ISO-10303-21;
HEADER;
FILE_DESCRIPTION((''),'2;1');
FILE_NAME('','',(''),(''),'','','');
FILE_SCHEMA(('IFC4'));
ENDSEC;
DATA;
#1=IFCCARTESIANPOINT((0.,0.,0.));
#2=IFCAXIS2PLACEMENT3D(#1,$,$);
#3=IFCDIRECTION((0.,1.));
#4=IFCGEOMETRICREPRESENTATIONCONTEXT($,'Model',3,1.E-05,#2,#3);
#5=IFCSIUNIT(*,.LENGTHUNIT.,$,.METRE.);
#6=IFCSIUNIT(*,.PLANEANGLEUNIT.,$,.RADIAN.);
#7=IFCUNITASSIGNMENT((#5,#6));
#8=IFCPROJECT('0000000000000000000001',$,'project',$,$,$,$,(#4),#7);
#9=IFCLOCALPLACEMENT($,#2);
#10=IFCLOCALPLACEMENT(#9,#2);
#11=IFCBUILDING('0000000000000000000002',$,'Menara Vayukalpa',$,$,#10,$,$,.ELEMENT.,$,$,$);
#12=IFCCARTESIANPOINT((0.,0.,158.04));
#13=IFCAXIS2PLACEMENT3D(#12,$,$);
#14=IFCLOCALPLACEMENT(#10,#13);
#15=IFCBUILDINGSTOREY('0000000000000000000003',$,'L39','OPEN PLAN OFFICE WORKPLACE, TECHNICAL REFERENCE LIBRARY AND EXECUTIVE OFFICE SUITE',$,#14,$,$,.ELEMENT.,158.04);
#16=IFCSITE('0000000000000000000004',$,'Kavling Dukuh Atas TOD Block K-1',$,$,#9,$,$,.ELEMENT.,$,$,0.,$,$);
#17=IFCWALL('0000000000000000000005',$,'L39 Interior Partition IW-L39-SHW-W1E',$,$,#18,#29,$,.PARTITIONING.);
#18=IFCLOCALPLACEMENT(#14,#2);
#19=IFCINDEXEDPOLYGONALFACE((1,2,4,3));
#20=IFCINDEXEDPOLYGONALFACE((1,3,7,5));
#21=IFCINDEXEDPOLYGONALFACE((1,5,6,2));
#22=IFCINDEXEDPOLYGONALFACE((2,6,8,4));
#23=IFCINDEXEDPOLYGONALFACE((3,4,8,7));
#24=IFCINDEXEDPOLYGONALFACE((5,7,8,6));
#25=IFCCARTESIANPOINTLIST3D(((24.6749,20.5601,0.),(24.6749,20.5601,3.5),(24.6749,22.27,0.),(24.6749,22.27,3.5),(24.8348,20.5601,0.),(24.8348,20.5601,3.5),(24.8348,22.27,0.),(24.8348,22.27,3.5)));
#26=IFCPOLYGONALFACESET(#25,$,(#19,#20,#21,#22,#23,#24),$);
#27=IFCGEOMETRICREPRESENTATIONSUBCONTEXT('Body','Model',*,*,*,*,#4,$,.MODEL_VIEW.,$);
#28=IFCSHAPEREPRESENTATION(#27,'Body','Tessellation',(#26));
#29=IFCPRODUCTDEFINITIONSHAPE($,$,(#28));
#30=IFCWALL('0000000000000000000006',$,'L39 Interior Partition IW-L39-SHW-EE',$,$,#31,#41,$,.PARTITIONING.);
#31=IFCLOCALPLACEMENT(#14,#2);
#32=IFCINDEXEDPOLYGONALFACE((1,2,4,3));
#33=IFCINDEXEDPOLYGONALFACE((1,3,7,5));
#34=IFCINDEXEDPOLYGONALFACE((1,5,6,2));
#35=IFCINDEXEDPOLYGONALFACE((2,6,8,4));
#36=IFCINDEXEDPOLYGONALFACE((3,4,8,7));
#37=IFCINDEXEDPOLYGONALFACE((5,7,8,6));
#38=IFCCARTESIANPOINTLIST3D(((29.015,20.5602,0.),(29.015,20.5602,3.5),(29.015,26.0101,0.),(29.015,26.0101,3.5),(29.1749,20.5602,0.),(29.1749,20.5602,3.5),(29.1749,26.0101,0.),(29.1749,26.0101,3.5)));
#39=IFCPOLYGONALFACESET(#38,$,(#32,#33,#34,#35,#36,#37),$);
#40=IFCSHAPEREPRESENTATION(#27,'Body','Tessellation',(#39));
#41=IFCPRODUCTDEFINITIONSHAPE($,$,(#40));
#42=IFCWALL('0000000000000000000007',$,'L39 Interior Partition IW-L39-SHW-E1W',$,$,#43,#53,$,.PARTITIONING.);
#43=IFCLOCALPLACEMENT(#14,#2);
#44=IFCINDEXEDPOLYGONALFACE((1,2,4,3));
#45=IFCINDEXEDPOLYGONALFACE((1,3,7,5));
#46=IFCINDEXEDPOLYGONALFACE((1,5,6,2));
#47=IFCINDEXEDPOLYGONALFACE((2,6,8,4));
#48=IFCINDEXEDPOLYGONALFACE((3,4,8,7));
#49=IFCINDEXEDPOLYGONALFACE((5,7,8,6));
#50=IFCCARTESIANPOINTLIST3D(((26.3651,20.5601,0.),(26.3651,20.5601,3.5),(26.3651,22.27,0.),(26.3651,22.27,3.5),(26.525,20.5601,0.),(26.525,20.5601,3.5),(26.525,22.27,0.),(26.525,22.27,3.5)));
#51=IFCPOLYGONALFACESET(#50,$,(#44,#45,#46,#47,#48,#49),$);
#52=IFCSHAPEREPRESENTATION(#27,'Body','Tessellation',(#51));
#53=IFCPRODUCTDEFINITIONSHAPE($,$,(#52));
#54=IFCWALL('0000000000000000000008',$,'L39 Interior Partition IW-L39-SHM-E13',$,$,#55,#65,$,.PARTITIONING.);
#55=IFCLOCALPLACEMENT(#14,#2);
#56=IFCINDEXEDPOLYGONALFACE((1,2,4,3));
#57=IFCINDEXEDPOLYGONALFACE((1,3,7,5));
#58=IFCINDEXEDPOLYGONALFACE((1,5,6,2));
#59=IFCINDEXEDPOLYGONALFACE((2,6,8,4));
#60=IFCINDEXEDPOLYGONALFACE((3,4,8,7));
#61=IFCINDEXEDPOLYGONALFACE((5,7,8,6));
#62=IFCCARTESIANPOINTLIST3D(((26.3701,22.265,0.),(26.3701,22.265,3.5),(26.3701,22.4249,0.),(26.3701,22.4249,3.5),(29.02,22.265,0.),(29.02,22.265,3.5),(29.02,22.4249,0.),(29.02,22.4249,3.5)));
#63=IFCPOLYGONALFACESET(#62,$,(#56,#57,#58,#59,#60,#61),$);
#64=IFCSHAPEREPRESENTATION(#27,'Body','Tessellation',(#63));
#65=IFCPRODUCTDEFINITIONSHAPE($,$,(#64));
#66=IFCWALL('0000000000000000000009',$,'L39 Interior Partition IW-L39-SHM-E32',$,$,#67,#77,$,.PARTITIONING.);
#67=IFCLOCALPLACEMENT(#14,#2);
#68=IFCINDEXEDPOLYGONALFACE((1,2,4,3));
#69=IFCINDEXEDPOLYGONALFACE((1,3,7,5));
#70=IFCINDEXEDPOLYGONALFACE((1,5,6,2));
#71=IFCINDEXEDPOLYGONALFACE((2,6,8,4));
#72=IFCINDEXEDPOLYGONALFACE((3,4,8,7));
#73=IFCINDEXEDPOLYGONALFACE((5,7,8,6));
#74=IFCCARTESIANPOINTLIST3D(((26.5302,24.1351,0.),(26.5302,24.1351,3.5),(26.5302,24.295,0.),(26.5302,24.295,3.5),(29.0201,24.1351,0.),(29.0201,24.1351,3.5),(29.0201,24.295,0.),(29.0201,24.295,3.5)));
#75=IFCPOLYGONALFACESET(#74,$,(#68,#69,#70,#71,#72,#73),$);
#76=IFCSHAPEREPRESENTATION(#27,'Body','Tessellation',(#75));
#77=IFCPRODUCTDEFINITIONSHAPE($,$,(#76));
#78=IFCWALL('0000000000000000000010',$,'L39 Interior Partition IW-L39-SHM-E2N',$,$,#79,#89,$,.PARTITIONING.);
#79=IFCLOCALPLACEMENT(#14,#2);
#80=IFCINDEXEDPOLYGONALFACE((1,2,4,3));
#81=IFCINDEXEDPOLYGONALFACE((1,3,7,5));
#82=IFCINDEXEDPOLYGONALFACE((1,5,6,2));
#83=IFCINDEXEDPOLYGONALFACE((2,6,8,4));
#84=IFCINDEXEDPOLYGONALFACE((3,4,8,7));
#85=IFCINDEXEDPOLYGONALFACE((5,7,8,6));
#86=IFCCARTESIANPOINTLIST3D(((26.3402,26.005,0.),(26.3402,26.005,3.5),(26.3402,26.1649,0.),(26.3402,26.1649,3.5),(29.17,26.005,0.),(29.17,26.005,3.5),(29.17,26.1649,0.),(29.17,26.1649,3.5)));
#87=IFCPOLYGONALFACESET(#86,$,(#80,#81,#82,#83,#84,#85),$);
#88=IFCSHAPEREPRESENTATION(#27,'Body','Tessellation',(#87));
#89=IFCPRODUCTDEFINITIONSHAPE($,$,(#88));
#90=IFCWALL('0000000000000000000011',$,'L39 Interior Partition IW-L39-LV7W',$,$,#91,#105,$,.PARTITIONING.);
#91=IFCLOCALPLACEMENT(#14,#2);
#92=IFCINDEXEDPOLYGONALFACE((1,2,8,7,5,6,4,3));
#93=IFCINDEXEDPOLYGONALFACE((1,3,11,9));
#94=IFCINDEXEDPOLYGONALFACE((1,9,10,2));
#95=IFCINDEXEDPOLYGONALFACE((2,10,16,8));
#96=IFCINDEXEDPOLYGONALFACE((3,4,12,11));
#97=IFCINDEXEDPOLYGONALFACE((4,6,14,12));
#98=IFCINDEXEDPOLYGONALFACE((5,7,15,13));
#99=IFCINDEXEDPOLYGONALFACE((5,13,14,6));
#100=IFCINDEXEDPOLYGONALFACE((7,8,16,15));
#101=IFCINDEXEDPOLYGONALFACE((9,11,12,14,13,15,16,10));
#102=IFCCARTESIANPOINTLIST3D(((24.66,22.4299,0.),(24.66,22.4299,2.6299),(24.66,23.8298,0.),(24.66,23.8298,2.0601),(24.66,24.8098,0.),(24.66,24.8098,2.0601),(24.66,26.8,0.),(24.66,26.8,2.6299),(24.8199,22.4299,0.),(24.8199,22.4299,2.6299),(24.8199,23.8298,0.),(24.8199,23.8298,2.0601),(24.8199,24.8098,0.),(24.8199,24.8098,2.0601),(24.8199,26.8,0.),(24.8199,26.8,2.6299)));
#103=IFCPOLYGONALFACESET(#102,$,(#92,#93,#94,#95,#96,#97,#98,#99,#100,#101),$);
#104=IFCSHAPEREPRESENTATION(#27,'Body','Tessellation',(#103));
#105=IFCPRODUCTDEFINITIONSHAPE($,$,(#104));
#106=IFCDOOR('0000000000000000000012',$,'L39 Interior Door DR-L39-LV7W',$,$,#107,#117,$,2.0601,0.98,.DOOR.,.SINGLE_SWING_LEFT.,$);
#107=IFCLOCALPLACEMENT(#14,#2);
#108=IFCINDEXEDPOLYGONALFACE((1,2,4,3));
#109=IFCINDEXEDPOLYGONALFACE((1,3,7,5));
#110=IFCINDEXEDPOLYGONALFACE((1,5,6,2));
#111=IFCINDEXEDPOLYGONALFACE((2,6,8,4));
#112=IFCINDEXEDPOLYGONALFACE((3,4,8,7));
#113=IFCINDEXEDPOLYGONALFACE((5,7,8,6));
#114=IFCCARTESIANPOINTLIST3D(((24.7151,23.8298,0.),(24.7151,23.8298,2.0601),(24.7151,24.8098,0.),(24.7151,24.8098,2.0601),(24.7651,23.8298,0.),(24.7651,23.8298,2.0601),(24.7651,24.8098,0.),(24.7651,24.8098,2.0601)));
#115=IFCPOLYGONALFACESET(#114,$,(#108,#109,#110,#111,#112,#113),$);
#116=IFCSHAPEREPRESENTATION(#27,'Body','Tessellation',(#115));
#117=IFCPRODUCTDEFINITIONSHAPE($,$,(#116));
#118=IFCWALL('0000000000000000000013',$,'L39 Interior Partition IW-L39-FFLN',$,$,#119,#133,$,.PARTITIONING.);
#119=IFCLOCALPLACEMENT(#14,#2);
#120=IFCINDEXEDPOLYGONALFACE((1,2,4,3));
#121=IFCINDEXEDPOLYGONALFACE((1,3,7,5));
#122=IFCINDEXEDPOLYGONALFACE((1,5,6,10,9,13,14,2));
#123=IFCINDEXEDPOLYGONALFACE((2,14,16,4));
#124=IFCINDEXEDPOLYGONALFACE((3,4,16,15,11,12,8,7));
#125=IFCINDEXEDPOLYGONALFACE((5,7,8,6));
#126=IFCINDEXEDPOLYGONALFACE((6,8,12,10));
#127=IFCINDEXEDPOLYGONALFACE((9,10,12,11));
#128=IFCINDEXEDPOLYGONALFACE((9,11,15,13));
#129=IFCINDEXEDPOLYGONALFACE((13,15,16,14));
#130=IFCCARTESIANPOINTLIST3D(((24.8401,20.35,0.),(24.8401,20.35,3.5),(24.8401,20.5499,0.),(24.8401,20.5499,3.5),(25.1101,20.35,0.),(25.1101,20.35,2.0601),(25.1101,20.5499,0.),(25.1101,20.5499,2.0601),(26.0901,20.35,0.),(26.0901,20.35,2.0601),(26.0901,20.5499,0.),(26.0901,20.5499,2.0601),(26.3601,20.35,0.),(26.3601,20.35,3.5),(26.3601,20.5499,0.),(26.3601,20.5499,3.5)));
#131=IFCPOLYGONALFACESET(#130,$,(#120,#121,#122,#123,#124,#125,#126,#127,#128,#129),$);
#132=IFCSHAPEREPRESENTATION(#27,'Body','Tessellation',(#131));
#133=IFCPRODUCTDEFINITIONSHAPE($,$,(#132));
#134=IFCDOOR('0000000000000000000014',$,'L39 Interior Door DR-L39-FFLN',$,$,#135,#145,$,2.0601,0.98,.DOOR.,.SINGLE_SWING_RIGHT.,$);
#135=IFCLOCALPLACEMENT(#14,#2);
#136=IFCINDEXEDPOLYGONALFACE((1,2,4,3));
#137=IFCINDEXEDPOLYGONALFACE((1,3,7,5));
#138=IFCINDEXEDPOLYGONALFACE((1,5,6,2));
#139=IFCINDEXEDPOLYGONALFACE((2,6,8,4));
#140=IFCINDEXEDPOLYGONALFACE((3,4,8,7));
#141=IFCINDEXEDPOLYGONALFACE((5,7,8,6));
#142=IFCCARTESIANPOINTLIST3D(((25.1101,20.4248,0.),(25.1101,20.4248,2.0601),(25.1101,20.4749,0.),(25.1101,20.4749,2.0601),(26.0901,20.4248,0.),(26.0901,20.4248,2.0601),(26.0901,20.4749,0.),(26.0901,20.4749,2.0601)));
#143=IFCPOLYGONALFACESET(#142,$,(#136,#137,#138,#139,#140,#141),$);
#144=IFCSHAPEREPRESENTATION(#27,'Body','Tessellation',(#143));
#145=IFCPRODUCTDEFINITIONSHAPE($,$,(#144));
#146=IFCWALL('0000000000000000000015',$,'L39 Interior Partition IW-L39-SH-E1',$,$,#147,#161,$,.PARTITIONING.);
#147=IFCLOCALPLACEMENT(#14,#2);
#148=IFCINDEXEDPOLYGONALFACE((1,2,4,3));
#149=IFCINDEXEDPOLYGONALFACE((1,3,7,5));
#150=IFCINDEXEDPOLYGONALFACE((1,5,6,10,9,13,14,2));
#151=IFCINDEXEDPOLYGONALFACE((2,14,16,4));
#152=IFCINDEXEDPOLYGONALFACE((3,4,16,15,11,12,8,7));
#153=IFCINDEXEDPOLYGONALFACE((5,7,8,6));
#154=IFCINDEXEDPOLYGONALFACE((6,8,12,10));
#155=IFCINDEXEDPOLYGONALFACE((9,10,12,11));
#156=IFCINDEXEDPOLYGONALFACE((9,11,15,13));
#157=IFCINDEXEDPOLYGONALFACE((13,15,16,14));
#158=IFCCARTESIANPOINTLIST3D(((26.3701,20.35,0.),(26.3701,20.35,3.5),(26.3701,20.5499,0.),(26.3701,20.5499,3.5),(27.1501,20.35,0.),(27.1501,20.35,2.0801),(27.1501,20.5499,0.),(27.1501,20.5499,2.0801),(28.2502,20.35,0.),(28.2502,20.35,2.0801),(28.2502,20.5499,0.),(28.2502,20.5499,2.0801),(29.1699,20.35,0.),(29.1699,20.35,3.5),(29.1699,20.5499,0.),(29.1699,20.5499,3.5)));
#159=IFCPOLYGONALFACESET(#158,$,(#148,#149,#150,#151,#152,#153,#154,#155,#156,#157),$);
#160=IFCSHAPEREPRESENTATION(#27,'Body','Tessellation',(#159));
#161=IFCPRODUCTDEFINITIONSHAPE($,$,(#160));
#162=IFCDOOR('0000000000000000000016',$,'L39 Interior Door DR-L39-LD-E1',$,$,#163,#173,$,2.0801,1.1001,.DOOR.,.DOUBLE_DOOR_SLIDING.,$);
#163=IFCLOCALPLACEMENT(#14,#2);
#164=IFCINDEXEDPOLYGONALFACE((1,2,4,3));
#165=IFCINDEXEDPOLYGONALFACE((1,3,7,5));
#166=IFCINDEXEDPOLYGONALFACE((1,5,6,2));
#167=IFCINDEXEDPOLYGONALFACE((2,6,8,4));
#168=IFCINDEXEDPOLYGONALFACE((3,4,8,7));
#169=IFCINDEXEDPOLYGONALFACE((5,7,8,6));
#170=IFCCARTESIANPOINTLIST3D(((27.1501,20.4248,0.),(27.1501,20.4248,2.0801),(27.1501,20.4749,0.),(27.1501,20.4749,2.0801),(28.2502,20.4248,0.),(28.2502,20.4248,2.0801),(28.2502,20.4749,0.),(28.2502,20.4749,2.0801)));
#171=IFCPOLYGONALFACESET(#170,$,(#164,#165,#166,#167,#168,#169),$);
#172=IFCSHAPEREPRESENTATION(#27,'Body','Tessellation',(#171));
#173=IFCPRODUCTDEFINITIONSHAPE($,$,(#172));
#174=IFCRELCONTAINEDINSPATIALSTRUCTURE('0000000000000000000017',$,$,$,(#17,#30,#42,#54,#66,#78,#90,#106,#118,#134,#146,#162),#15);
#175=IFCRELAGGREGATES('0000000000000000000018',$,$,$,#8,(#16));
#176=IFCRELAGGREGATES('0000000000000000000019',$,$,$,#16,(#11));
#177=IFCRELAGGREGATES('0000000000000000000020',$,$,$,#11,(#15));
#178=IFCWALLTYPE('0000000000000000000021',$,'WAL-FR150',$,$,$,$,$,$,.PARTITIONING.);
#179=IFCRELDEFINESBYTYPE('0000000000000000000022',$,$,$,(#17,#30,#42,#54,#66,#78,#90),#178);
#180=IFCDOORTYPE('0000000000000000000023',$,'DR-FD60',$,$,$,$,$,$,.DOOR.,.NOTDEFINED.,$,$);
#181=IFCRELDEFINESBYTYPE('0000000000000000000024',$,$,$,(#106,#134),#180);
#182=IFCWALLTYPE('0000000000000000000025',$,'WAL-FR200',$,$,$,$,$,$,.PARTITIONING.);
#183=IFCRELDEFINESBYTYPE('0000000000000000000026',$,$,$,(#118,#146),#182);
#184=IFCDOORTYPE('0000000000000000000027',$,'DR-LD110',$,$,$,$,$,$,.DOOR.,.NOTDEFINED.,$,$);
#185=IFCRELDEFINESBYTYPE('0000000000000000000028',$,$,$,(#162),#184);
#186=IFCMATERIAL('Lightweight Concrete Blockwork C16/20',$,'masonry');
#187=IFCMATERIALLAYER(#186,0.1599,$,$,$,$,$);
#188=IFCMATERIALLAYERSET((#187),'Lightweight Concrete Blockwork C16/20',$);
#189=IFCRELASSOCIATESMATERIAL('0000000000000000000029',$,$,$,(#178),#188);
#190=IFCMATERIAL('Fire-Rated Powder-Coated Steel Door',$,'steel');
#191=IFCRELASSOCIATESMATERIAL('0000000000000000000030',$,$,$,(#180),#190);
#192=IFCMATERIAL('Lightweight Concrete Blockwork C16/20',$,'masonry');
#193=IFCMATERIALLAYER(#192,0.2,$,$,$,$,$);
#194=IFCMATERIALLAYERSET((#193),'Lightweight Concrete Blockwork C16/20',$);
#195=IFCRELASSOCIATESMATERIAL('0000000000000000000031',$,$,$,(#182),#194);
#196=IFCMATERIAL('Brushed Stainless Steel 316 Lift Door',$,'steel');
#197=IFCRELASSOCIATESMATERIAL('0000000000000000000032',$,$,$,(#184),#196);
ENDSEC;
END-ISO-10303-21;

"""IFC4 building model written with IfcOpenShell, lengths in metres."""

from ifc_helpers import new_model, si_unit, direction, frame, frame_2d, origin, place, context, subcontext, project, spatial, rectangle, extrude, material, layer, layer_set, type_object, element, fill, save


model = new_model("IFC4")

# Units and contexts
model_context = context("Model", 3, precision=1e-05, world=origin(), true_north=direction((0.0, 1.0)))
body_context = subcontext(model_context, "Body", "Model", "MODEL_VIEW")
ifc_project = project(units=[si_unit("LENGTHUNIT", "METRE"), si_unit("PLANEANGLEUNIT", "RADIAN")], contexts=[model_context])

# Site, building, storey
site_placement = place(None, origin())
site = spatial("IfcSite", under=ifc_project, at=site_placement, Name="Kavling Dukuh Atas TOD Block K-1", CompositionType="ELEMENT", RefElevation=0.0)
building_placement = place(site_placement, origin())
building = spatial("IfcBuilding", under=site, at=building_placement, Name="Menara Vayukalpa", CompositionType="ELEMENT")
storey_placement = place(building_placement, frame((0.0, 0.0, 158.04)))
storey = spatial("IfcBuildingStorey", under=building, at=storey_placement, Name="L39", Description="OPEN PLAN OFFICE WORKPLACE, TECHNICAL REFERENCE LIBRARY AND EXECUTIVE OFFICE SUITE", CompositionType="ELEMENT", Elevation=158.04)

# Walls
ifc_material_1 = material(Name="Lightweight Concrete Blockwork C16/20", Category="masonry")
ifc_layer_1 = layer(ifc_material_1, 0.1599)
ifc_layer_set_1 = layer_set([ifc_layer_1], Name="Lightweight Concrete Blockwork C16/20")
wall_type_1 = type_object("IfcWallType", Name="WAL-FR150", PredefinedType="PARTITIONING", material=ifc_layer_set_1)
wall_1_placement = place(storey_placement, frame((24.7549, 20.5601, 0.0), z_axis=(0.0, 0.0, 1.0), x_axis=(0.0, 1.0, 0.0)))
element("IfcWall", 1, at=wall_1_placement, inside=storey, type_object=wall_type_1, Name="L39 Interior Partition IW-L39-SHW-W1E", PredefinedType="PARTITIONING", context=body_context, shape_type="SweptSolid", body=[
    extrude(rectangle(XDim=1.71, YDim=0.1599, at=frame_2d((0.855, 0.0))), origin(), (0.0, 0.0, 1.0), 3.5),
])
wall_2_placement = place(storey_placement, frame((29.095, 20.5601, 0.0), z_axis=(0.0, 0.0, 1.0), x_axis=(0.0, 1.0, 0.0)))
element("IfcWall", 2, at=wall_2_placement, inside=storey, type_object=wall_type_1, Name="L39 Interior Partition IW-L39-SHW-EE", PredefinedType="PARTITIONING", context=body_context, shape_type="SweptSolid", body=[
    extrude(rectangle(XDim=5.45, YDim=0.1599, at=frame_2d((2.7251, 0.0))), origin(), (0.0, 0.0, 1.0), 3.5),
])
wall_3_placement = place(storey_placement, frame((26.4451, 20.5601, 0.0), z_axis=(0.0, 0.0, 1.0), x_axis=(0.0, 1.0, 0.0)))
element("IfcWall", 3, at=wall_3_placement, inside=storey, type_object=wall_type_1, Name="L39 Interior Partition IW-L39-SHW-E1W", PredefinedType="PARTITIONING", context=body_context, shape_type="SweptSolid", body=[
    extrude(rectangle(XDim=1.71, YDim=0.1599, at=frame_2d((0.855, 0.0))), origin(), (0.0, 0.0, 1.0), 3.5),
])
wall_4_placement = place(storey_placement, frame((26.3701, 22.345, 0.0), z_axis=(0.0, 0.0, 1.0), x_axis=(1.0, 0.0, 0.0)))
element("IfcWall", 4, at=wall_4_placement, inside=storey, type_object=wall_type_1, Name="L39 Interior Partition IW-L39-SHM-E13", PredefinedType="PARTITIONING", context=body_context, shape_type="SweptSolid", body=[
    extrude(rectangle(XDim=2.6499, YDim=0.1599, at=frame_2d((1.325, 0.0))), origin(), (0.0, 0.0, 1.0), 3.5),
])
wall_5_placement = place(storey_placement, frame((26.53, 24.2151, 0.0), z_axis=(0.0, 0.0, 1.0), x_axis=(1.0, 0.0, 0.0)))
element("IfcWall", 5, at=wall_5_placement, inside=storey, type_object=wall_type_1, Name="L39 Interior Partition IW-L39-SHM-E32", PredefinedType="PARTITIONING", context=body_context, shape_type="SweptSolid", body=[
    extrude(rectangle(XDim=2.49, YDim=0.1599, at=frame_2d((1.2451, 0.0))), origin(), (0.0, 0.0, 1.0), 3.5),
])
wall_6_placement = place(storey_placement, frame((26.3401, 26.085, 0.0), z_axis=(0.0, 0.0, 1.0), x_axis=(1.0, 0.0, 0.0)))
element("IfcWall", 6, at=wall_6_placement, inside=storey, type_object=wall_type_1, Name="L39 Interior Partition IW-L39-SHM-E2N", PredefinedType="PARTITIONING", context=body_context, shape_type="SweptSolid", body=[
    extrude(rectangle(XDim=2.8298, YDim=0.1599, at=frame_2d((1.415, 0.0))), origin(), (0.0, 0.0, 1.0), 3.5),
])

# Walls, openings, doors
wall_7_placement = place(storey_placement, frame((24.74, 22.4299, 0.0), z_axis=(0.0, 0.0, 1.0), x_axis=(0.0, 1.0, 0.0)))
wall_7 = element("IfcWall", 7, at=wall_7_placement, inside=storey, type_object=wall_type_1, Name="L39 Interior Partition IW-L39-LV7W", PredefinedType="PARTITIONING", context=body_context, shape_type="SweptSolid", body=[
    extrude(rectangle(XDim=4.3701, YDim=0.1599, at=frame_2d((2.1851, 0.0))), origin(), (0.0, 0.0, 1.0), 2.6299),
])
opening_1_placement = place(wall_7_placement, frame((1.3999, 0.0, 0.0)))
opening_1 = element("IfcOpeningElement", 8, at=opening_1_placement, cuts=wall_7, PredefinedType="OPENING", context=body_context, shape_type="SweptSolid", body=[
    extrude(rectangle(XDim=0.98, YDim=2.0601, at=frame_2d((0.49, 1.03))), frame((0.0, 0.0898, 0.0), z_axis=(0.0, -1.0, 0.0), x_axis=(1.0, 0.0, 0.0)), (0.0, 0.0, 1.0), 0.1799),
])
ifc_material_2 = material(Name="Fire-Rated Powder-Coated Steel Door", Category="steel")
door_type_1 = type_object("IfcDoorType", Name="DR-FD60", OperationType="NOTDEFINED", PredefinedType="DOOR", material=ifc_material_2)
door_1_placement = place(opening_1_placement, origin())
door_1 = element("IfcDoor", 9, at=door_1_placement, inside=storey, type_object=door_type_1, Name="L39 Interior Door DR-L39-LV7W", OperationType="SINGLE_SWING_LEFT", OverallHeight=2.0601, OverallWidth=0.98, PredefinedType="DOOR", context=body_context, shape_type="SweptSolid", body=[
    extrude(rectangle(XDim=0.98, YDim=2.0601, at=frame_2d((0.49, 1.03))), frame((0.0, 0.0249, 0.0), z_axis=(0.0, -1.0, 0.0), x_axis=(1.0, 0.0, 0.0)), (0.0, 0.0, 1.0), 0.05),
])
fill(opening_1, door_1)
ifc_material_3 = material(Name="Lightweight Concrete Blockwork C16/20", Category="masonry")
ifc_layer_2 = layer(ifc_material_3, 0.2)
ifc_layer_set_2 = layer_set([ifc_layer_2], Name="Lightweight Concrete Blockwork C16/20")
wall_type_2 = type_object("IfcWallType", Name="WAL-FR200", PredefinedType="PARTITIONING", material=ifc_layer_set_2)
wall_8_placement = place(storey_placement, frame((24.8401, 20.45, 0.0), z_axis=(0.0, 0.0, 1.0), x_axis=(1.0, 0.0, 0.0)))
wall_8 = element("IfcWall", 10, at=wall_8_placement, inside=storey, type_object=wall_type_2, Name="L39 Interior Partition IW-L39-FFLN", PredefinedType="PARTITIONING", context=body_context, shape_type="SweptSolid", body=[
    extrude(rectangle(XDim=1.52, YDim=0.2, at=frame_2d((0.76, 0.0))), origin(), (0.0, 0.0, 1.0), 3.5),
])
opening_2_placement = place(wall_8_placement, frame((0.27, 0.0, 0.0)))
opening_2 = element("IfcOpeningElement", 11, at=opening_2_placement, cuts=wall_8, PredefinedType="OPENING", context=body_context, shape_type="SweptSolid", body=[
    extrude(rectangle(XDim=0.98, YDim=2.0601, at=frame_2d((0.49, 1.03))), frame((0.0, 0.1099, 0.0), z_axis=(0.0, -1.0, 0.0), x_axis=(1.0, 0.0, 0.0)), (0.0, 0.0, 1.0), 0.22),
])
door_2_placement = place(opening_2_placement, origin())
door_2 = element("IfcDoor", 12, at=door_2_placement, inside=storey, type_object=door_type_1, Name="L39 Interior Door DR-L39-FFLN", OperationType="SINGLE_SWING_RIGHT", OverallHeight=2.0601, OverallWidth=0.98, PredefinedType="DOOR", context=body_context, shape_type="SweptSolid", body=[
    extrude(rectangle(XDim=0.98, YDim=2.0601, at=frame_2d((0.49, 1.03))), frame((0.0, 0.0249, 0.0), z_axis=(0.0, -1.0, 0.0), x_axis=(1.0, 0.0, 0.0)), (0.0, 0.0, 1.0), 0.05),
])
fill(opening_2, door_2)
wall_9_placement = place(storey_placement, frame((26.3701, 20.45, 0.0), z_axis=(0.0, 0.0, 1.0), x_axis=(1.0, 0.0, 0.0)))
wall_9 = element("IfcWall", 13, at=wall_9_placement, inside=storey, type_object=wall_type_2, Name="L39 Interior Partition IW-L39-SH-E1", PredefinedType="PARTITIONING", context=body_context, shape_type="SweptSolid", body=[
    extrude(rectangle(XDim=2.7998, YDim=0.2, at=frame_2d((1.3999, 0.0))), origin(), (0.0, 0.0, 1.0), 3.5),
])
opening_3_placement = place(wall_9_placement, frame((0.78, 0.0, 0.0)))
opening_3 = element("IfcOpeningElement", 14, at=opening_3_placement, cuts=wall_9, PredefinedType="OPENING", context=body_context, shape_type="SweptSolid", body=[
    extrude(rectangle(XDim=1.1001, YDim=2.0801, at=frame_2d((0.55, 1.04))), frame((0.0, 0.1099, 0.0), z_axis=(0.0, -1.0, 0.0), x_axis=(1.0, 0.0, 0.0)), (0.0, 0.0, 1.0), 0.22),
])
ifc_material_4 = material(Name="Brushed Stainless Steel 316 Lift Door", Category="steel")
door_type_2 = type_object("IfcDoorType", Name="DR-LD110", OperationType="NOTDEFINED", PredefinedType="DOOR", material=ifc_material_4)
door_3_placement = place(opening_3_placement, origin())
door_3 = element("IfcDoor", 15, at=door_3_placement, inside=storey, type_object=door_type_2, Name="L39 Interior Door DR-L39-LD-E1", OperationType="DOUBLE_DOOR_SLIDING", OverallHeight=2.0801, OverallWidth=1.1001, PredefinedType="DOOR", context=body_context, shape_type="SweptSolid", body=[
    extrude(rectangle(XDim=1.1001, YDim=2.0801, at=frame_2d((0.55, 1.04))), frame((0.0, 0.0249, 0.0), z_axis=(0.0, -1.0, 0.0), x_axis=(1.0, 0.0, 0.0)), (0.0, 0.0, 1.0), 0.05),
])
fill(opening_3, door_3)

save(model, "model.ifc")
